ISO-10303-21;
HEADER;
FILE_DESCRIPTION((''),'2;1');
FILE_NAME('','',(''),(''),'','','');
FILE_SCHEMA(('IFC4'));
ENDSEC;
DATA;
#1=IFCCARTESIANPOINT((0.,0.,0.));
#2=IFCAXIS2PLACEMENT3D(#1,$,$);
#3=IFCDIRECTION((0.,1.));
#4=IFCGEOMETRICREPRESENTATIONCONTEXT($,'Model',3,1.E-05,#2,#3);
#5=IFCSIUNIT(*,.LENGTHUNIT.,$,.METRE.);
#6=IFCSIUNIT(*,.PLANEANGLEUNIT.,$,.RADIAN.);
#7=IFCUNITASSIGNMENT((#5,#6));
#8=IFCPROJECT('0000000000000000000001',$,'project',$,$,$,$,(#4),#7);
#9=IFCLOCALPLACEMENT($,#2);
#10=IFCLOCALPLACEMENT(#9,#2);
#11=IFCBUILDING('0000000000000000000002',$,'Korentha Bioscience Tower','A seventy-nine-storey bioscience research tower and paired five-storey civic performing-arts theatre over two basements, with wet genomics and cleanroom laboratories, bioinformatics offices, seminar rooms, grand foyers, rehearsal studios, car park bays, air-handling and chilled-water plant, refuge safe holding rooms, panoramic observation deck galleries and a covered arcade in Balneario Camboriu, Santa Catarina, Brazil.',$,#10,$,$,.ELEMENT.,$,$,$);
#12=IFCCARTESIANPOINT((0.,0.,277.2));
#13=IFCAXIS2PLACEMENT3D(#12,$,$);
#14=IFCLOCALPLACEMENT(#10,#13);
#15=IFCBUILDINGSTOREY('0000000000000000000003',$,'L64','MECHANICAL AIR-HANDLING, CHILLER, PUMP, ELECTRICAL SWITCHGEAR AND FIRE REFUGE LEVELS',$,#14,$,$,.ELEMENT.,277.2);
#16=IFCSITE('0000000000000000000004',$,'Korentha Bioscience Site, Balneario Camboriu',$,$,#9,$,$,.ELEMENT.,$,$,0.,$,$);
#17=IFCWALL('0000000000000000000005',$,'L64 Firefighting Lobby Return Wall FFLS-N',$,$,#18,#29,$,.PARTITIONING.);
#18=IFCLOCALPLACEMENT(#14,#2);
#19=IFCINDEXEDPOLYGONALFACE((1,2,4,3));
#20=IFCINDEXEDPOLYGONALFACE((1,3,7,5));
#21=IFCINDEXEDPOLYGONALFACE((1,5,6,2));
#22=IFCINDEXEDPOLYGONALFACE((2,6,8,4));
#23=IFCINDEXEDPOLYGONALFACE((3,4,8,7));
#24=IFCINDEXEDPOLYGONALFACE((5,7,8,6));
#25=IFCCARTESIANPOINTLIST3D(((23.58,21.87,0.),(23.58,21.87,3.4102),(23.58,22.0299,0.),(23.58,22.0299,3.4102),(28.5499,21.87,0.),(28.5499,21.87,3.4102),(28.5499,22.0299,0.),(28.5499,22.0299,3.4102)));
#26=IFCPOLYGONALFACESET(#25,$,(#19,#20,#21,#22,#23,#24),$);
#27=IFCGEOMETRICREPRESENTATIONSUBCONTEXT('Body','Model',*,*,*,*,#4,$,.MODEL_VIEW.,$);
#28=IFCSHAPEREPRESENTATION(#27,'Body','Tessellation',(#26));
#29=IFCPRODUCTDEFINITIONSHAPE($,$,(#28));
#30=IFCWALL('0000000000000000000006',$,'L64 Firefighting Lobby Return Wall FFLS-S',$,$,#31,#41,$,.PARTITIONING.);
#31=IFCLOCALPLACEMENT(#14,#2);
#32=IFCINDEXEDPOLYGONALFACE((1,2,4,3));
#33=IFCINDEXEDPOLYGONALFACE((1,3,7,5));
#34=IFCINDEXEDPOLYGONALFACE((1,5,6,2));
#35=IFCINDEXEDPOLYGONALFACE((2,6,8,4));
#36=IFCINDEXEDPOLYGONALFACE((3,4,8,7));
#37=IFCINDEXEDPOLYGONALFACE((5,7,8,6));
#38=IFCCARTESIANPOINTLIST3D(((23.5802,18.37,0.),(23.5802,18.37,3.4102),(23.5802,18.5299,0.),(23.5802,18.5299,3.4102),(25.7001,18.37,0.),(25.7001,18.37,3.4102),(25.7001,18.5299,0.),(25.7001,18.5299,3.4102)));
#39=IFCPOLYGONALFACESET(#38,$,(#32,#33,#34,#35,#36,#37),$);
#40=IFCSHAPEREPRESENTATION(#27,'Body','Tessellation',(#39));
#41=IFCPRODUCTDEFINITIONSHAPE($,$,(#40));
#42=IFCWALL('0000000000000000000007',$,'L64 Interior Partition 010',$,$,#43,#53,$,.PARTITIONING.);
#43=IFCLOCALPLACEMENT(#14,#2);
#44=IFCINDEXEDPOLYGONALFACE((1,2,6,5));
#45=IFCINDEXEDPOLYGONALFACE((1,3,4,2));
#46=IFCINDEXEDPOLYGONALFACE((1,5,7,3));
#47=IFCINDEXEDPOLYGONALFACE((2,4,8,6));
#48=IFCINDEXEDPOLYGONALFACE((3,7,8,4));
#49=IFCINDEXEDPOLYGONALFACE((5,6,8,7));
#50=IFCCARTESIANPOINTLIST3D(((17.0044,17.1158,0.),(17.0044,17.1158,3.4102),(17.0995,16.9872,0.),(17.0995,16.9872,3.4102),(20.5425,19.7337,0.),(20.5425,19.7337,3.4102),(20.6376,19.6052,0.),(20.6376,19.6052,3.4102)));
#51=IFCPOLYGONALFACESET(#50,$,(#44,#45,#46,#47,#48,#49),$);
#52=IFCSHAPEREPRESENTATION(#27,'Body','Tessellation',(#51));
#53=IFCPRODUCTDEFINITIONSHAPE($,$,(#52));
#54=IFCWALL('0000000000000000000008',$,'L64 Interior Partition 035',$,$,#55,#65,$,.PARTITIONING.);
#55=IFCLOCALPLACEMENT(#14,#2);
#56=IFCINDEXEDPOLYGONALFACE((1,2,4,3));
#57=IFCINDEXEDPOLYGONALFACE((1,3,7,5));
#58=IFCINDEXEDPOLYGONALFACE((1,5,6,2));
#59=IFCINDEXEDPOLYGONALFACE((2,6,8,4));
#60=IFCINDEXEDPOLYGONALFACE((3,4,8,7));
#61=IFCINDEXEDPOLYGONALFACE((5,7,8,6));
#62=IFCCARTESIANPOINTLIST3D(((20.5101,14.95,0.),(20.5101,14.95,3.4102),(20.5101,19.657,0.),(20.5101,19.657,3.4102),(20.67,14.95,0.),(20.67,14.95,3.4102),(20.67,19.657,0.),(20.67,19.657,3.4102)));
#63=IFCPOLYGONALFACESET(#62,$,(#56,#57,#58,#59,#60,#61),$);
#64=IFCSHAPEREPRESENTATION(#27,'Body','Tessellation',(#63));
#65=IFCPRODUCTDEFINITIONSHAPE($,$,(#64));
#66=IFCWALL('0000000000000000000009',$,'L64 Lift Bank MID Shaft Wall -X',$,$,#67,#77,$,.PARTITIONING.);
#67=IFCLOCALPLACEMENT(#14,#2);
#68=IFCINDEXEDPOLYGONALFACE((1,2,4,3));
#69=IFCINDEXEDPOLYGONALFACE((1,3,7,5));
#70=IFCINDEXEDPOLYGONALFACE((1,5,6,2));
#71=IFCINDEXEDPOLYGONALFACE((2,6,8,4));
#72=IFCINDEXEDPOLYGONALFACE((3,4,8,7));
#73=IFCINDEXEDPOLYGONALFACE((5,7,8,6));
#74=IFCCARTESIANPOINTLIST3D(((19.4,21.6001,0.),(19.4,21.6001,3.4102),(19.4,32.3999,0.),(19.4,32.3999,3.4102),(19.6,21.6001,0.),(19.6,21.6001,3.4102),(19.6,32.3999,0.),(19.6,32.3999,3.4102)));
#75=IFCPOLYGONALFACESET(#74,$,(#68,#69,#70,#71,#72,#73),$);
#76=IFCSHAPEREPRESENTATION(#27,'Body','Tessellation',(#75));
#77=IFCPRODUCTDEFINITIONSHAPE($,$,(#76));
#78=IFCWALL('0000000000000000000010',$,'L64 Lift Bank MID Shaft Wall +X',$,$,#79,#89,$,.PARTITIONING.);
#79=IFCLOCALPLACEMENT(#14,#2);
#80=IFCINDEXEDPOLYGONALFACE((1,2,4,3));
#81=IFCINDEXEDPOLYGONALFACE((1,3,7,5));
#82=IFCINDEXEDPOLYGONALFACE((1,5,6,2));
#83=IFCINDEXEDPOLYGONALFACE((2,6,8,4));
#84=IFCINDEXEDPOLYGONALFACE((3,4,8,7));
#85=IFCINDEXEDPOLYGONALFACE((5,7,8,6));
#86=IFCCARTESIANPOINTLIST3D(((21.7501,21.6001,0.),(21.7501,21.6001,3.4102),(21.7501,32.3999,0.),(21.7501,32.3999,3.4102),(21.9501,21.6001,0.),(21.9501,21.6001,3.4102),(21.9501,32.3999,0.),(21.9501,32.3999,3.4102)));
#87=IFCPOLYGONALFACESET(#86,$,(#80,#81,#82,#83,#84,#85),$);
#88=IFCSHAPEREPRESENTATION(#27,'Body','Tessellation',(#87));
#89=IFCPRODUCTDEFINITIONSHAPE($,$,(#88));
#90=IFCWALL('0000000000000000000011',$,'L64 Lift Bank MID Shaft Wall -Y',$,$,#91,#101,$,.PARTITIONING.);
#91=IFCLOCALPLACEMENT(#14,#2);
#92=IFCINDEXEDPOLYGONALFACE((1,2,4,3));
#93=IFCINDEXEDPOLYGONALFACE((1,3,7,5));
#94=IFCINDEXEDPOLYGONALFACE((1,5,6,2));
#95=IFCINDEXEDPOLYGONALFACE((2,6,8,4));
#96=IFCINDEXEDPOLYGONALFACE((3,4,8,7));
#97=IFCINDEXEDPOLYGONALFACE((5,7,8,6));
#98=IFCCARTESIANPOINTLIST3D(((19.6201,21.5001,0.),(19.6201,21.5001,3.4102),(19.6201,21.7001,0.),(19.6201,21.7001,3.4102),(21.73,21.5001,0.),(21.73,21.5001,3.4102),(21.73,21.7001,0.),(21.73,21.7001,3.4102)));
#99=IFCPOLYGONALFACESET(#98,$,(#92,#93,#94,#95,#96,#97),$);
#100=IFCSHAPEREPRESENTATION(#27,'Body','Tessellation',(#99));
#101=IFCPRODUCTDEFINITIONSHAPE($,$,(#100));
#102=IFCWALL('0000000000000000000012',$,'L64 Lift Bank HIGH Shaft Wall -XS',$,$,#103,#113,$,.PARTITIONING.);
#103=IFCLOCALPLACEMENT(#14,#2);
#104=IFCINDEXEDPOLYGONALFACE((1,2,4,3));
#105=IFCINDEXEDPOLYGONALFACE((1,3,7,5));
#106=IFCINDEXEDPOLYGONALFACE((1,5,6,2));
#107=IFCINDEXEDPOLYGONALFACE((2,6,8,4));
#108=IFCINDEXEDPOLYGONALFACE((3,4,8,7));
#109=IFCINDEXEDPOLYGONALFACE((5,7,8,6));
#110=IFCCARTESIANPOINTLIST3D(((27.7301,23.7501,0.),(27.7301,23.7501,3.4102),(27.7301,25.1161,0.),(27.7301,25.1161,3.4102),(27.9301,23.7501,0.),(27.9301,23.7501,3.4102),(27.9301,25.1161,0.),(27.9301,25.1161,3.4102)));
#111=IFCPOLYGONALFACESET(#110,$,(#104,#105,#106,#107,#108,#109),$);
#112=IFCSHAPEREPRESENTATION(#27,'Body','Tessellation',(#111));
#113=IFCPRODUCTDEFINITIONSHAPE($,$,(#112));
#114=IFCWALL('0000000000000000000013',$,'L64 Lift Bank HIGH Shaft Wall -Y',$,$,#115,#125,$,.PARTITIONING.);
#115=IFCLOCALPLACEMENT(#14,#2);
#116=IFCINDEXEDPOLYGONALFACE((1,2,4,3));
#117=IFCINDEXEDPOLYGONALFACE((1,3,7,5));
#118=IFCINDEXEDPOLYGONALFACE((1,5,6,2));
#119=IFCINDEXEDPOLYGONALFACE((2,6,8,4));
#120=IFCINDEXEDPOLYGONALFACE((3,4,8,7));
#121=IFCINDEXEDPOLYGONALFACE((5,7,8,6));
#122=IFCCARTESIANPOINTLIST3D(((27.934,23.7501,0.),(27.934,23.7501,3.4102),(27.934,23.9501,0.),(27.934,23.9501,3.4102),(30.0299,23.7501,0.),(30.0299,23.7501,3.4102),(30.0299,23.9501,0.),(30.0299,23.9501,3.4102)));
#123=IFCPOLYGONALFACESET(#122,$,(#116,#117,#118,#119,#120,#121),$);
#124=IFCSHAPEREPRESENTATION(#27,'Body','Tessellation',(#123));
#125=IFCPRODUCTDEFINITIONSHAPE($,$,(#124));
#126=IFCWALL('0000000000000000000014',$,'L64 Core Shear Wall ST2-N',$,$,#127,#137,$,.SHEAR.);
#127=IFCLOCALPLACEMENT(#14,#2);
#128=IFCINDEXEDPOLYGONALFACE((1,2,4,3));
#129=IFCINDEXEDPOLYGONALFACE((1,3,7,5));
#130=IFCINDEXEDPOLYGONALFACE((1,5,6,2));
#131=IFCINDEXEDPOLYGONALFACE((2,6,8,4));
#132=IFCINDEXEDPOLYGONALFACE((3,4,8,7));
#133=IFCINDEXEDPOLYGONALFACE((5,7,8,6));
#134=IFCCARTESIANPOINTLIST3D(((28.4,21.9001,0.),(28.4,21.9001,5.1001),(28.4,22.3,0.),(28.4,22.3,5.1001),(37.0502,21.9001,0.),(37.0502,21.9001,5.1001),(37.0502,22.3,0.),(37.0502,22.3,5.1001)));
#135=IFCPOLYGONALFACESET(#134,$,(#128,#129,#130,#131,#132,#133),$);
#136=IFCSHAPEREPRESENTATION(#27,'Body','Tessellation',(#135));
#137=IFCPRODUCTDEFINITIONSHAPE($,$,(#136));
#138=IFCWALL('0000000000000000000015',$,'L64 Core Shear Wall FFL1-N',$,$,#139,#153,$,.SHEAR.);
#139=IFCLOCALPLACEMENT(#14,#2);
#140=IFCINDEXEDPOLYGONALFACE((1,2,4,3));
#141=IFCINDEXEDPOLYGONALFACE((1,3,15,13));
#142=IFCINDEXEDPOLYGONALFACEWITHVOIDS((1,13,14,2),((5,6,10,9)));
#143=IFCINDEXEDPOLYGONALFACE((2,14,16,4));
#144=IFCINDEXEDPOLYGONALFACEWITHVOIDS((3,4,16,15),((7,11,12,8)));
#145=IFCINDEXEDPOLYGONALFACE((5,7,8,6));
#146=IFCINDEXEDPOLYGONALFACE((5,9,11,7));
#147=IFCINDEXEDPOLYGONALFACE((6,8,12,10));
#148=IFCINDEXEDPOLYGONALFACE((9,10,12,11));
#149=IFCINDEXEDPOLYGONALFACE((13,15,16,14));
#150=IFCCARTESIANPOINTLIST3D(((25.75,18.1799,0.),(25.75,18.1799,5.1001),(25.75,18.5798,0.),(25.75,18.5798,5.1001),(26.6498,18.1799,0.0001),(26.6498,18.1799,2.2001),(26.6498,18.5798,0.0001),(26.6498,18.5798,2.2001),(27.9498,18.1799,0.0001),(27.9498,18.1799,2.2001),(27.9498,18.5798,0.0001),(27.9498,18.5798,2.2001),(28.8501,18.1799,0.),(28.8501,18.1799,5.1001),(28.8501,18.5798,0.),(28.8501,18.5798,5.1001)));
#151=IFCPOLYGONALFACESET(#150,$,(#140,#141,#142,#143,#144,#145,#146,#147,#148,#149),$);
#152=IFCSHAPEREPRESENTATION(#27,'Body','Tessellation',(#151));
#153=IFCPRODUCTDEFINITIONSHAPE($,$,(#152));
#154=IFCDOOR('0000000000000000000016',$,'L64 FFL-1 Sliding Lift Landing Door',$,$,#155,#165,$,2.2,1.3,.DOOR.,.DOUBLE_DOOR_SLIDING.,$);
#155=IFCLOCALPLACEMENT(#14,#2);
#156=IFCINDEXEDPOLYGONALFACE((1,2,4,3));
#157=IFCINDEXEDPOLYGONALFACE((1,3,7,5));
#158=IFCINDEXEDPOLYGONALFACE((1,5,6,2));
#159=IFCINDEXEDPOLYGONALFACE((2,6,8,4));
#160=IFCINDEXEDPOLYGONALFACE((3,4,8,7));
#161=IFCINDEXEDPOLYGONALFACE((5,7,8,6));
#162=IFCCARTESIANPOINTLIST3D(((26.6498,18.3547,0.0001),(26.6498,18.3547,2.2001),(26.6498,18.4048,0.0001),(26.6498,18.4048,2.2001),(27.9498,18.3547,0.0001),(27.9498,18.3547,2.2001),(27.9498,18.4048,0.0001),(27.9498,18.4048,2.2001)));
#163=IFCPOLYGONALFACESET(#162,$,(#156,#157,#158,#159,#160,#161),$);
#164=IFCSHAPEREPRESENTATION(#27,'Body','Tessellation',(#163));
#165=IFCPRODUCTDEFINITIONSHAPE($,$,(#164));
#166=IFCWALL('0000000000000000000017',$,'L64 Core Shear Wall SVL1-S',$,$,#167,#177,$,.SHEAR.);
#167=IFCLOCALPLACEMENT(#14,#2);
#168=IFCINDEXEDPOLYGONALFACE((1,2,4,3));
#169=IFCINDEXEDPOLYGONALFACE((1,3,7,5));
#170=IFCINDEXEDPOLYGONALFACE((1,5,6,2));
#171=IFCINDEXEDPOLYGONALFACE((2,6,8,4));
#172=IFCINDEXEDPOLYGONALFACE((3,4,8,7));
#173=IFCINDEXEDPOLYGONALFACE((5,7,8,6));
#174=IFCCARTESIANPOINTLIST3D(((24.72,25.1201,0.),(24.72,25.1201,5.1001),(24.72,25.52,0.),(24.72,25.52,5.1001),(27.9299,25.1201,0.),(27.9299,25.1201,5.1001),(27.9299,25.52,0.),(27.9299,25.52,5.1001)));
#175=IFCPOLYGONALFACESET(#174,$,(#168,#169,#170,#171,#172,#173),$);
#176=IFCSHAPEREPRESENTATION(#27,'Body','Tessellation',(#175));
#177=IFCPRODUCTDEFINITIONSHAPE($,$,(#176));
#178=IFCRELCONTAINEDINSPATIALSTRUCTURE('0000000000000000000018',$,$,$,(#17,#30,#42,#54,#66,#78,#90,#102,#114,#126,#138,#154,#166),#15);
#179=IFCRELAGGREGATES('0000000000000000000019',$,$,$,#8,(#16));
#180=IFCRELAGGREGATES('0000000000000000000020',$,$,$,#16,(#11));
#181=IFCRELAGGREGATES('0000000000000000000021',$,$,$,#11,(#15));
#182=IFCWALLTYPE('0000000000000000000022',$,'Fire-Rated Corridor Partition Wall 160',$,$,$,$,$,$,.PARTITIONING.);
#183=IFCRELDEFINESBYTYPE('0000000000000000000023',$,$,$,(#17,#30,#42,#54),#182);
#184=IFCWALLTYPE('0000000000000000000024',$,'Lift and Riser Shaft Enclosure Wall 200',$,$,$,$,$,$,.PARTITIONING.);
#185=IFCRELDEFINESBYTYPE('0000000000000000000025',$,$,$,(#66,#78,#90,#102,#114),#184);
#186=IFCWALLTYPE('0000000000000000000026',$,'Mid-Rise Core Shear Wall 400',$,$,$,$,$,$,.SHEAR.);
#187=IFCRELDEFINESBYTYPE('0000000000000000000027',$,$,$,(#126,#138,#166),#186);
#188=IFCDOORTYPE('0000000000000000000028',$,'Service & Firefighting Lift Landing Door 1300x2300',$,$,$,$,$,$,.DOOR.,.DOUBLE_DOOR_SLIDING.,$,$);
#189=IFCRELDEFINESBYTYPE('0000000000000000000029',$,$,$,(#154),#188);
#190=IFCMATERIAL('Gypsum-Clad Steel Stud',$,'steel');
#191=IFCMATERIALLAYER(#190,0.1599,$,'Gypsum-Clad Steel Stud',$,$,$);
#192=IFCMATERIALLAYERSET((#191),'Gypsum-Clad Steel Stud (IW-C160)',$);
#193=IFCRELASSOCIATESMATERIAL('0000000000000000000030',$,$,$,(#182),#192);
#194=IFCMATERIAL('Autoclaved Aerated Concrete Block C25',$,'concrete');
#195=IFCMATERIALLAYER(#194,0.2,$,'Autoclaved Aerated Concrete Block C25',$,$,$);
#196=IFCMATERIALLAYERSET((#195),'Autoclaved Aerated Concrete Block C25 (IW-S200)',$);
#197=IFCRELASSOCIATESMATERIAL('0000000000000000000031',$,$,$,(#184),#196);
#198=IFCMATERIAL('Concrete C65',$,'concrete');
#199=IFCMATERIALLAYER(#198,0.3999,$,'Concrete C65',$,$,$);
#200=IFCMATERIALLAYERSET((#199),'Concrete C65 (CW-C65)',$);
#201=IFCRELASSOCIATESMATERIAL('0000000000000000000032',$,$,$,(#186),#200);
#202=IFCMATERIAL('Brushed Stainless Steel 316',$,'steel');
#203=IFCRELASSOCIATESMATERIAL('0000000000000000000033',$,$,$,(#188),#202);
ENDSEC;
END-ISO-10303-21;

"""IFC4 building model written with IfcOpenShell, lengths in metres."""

from ifc_helpers import new_model, si_unit, direction, frame, frame_2d, origin, place, context, subcontext, project, spatial, rectangle, extrude, material, layer, layer_set, type_object, element, fill, save


model = new_model("IFC4")

# Units and contexts
model_context = context("Model", 3, precision=1e-05, world=origin(), true_north=direction((0.0, 1.0)))
body_context = subcontext(model_context, "Body", "Model", "MODEL_VIEW")
ifc_project = project(units=[si_unit("LENGTHUNIT", "METRE"), si_unit("PLANEANGLEUNIT", "RADIAN")], contexts=[model_context])

# Site, building, storey
site_placement = place(None, origin())
site = spatial("IfcSite", under=ifc_project, at=site_placement, Name="Korentha Bioscience Site, Balneario Camboriu", CompositionType="ELEMENT", RefElevation=0.0)
building_placement = place(site_placement, origin())
building = spatial("IfcBuilding", under=site, at=building_placement, Name="Korentha Bioscience Tower", Description="A seventy-nine-storey bioscience research tower and paired five-storey civic performing-arts theatre over two basements, with wet genomics and cleanroom laboratories, bioinformatics offices, seminar rooms, grand foyers, rehearsal studios, car park bays, air-handling and chilled-water plant, refuge safe holding rooms, panoramic observation deck galleries and a covered arcade in Balneario Camboriu, Santa Catarina, Brazil.", CompositionType="ELEMENT")
storey_placement = place(building_placement, frame((0.0, 0.0, 277.2)))
storey = spatial("IfcBuildingStorey", under=building, at=storey_placement, Name="L64", Description="MECHANICAL AIR-HANDLING, CHILLER, PUMP, ELECTRICAL SWITCHGEAR AND FIRE REFUGE LEVELS", CompositionType="ELEMENT", Elevation=277.2)

# Shared definitions
ifc_material_1 = material(Name="Concrete C65", Category="concrete")

# Shared definitions
ifc_material_2 = material(Name="Gypsum-Clad Steel Stud", Category="steel")
ifc_layer_1 = layer(ifc_material_2, 0.1599, Name="Gypsum-Clad Steel Stud")
ifc_layer_set_1 = layer_set([ifc_layer_1], Name="Gypsum-Clad Steel Stud (IW-C160)")
wall_type_1 = type_object("IfcWallType", Name="Fire-Rated Corridor Partition Wall 160", PredefinedType="PARTITIONING", material=ifc_layer_set_1)

# Walls
wall_1_placement = place(storey_placement, frame((23.5801, 21.95, 0.0), z_axis=(0.0, 0.0, 1.0), x_axis=(1.0, 0.0, 0.0)))
element("IfcWall", 1, at=wall_1_placement, inside=storey, type_object=wall_type_1, Name="L64 Firefighting Lobby Return Wall FFLS-N", PredefinedType="PARTITIONING", context=body_context, shape_type="SweptSolid", body=[
    extrude(rectangle(XDim=4.97, YDim=0.1599, at=frame_2d((2.4849, 0.0))), origin(), (0.0, 0.0, 1.0), 3.4102),
])
wall_2_placement = place(storey_placement, frame((23.5801, 18.45, 0.0), z_axis=(0.0, 0.0, 1.0), x_axis=(1.0, 0.0, 0.0)))
element("IfcWall", 2, at=wall_2_placement, inside=storey, type_object=wall_type_1, Name="L64 Firefighting Lobby Return Wall FFLS-S", PredefinedType="PARTITIONING", context=body_context, shape_type="SweptSolid", body=[
    extrude(rectangle(XDim=2.1199, YDim=0.1599, at=frame_2d((1.0601, 0.0))), origin(), (0.0, 0.0, 1.0), 3.4102),
])

# Walls
wall_3_placement = place(storey_placement, frame((20.5901, 19.6694, 0.0), z_axis=(0.0, 0.0, 1.0), x_axis=(-0.803871, -0.594804, 0.0)))
element("IfcWall", 3, at=wall_3_placement, inside=storey, type_object=wall_type_1, Name="L64 Interior Partition 010", PredefinedType="PARTITIONING", context=body_context, shape_type="SweptSolid", body=[
    extrude(rectangle(XDim=4.4014, YDim=0.1599, at=frame_2d((2.2007, 0.0))), origin(), (0.0, 0.0, 1.0), 3.4102),
])
wall_4_placement = place(storey_placement, frame((20.5901, 19.657, 0.0), z_axis=(0.0, 0.0, 1.0), x_axis=(0.0, -1.0, 0.0)))
element("IfcWall", 4, at=wall_4_placement, inside=storey, type_object=wall_type_1, Name="L64 Interior Partition 035", PredefinedType="PARTITIONING", context=body_context, shape_type="SweptSolid", body=[
    extrude(rectangle(XDim=4.707, YDim=0.1599, at=frame_2d((2.3535, 0.0))), origin(), (0.0, 0.0, 1.0), 3.4102),
])
ifc_material_3 = material(Name="Autoclaved Aerated Concrete Block C25", Category="concrete")
ifc_layer_2 = layer(ifc_material_3, 0.2, Name="Autoclaved Aerated Concrete Block C25")
ifc_layer_set_2 = layer_set([ifc_layer_2], Name="Autoclaved Aerated Concrete Block C25 (IW-S200)")
wall_type_2 = type_object("IfcWallType", Name="Lift and Riser Shaft Enclosure Wall 200", PredefinedType="PARTITIONING", material=ifc_layer_set_2)
for number, where, z_axis, x_axis, name in (
    (5, (19.5, 21.6001, 0.0), (0.0, 0.0, 1.0), (0.0, 1.0, 0.0), "L64 Lift Bank MID Shaft Wall -X"),
    (6, (21.8501, 21.6001, 0.0), (0.0, 0.0, 1.0), (0.0, 1.0, 0.0), "L64 Lift Bank MID Shaft Wall +X"),
):
    element("IfcWall", number, at=place(storey_placement, frame(where, z_axis=z_axis, x_axis=x_axis)), inside=storey, type_object=wall_type_2, Name=name, PredefinedType="PARTITIONING", context=body_context, shape_type="SweptSolid", body=[
        extrude(rectangle(XDim=10.7998, YDim=0.2, at=frame_2d((5.3999, 0.0))), origin(), (0.0, 0.0, 1.0), 3.4102),
    ])
wall_5_placement = place(storey_placement, frame((19.6201, 21.6001, 0.0), z_axis=(0.0, 0.0, 1.0), x_axis=(1.0, 0.0, 0.0)))
element("IfcWall", 7, at=wall_5_placement, inside=storey, type_object=wall_type_2, Name="L64 Lift Bank MID Shaft Wall -Y", PredefinedType="PARTITIONING", context=body_context, shape_type="SweptSolid", body=[
    extrude(rectangle(XDim=2.1099, YDim=0.2, at=frame_2d((1.0549, 0.0))), origin(), (0.0, 0.0, 1.0), 3.4102),
])
wall_6_placement = place(storey_placement, frame((27.8301, 23.75, 0.0), z_axis=(0.0, 0.0, 1.0), x_axis=(0.0, 1.0, 0.0)))
element("IfcWall", 8, at=wall_6_placement, inside=storey, type_object=wall_type_2, Name="L64 Lift Bank HIGH Shaft Wall -XS", PredefinedType="PARTITIONING", context=body_context, shape_type="SweptSolid", body=[
    extrude(rectangle(XDim=1.366, YDim=0.2, at=frame_2d((0.6831, 0.0))), origin(), (0.0, 0.0, 1.0), 3.4102),
])
wall_7_placement = place(storey_placement, frame((27.9341, 23.8501, 0.0), z_axis=(0.0, 0.0, 1.0), x_axis=(1.0, 0.0, 0.0)))
element("IfcWall", 9, at=wall_7_placement, inside=storey, type_object=wall_type_2, Name="L64 Lift Bank HIGH Shaft Wall -Y", PredefinedType="PARTITIONING", context=body_context, shape_type="SweptSolid", body=[
    extrude(rectangle(XDim=2.0959, YDim=0.2, at=frame_2d((1.0479, 0.0))), origin(), (0.0, 0.0, 1.0), 3.4102),
])
ifc_layer_3 = layer(ifc_material_1, 0.3999, Name="Concrete C65")
ifc_layer_set_3 = layer_set([ifc_layer_3], Name="Concrete C65 (CW-C65)")
wall_type_3 = type_object("IfcWallType", Name="Mid-Rise Core Shear Wall 400", PredefinedType="SHEAR", material=ifc_layer_set_3)
wall_8_placement = place(storey_placement, frame((28.3999, 22.1001, 0.0), z_axis=(0.0, 0.0, 1.0), x_axis=(1.0, 0.0, 0.0)))
element("IfcWall", 10, at=wall_8_placement, inside=storey, type_object=wall_type_3, Name="L64 Core Shear Wall ST2-N", PredefinedType="SHEAR", context=body_context, shape_type="SweptSolid", body=[
    extrude(rectangle(XDim=8.6501, YDim=0.3999, at=frame_2d((4.3252, 0.0))), origin(), (0.0, 0.0, 1.0), 5.1001),
])

# Wall, opening, door
wall_9_placement = place(storey_placement, frame((25.75, 18.3799, 0.0), z_axis=(0.0, 0.0, 1.0), x_axis=(1.0, 0.0, 0.0)))
wall_9 = element("IfcWall", 11, at=wall_9_placement, inside=storey, type_object=wall_type_3, Name="L64 Core Shear Wall FFL1-N", PredefinedType="SHEAR", context=body_context, shape_type="SweptSolid", body=[
    extrude(rectangle(XDim=3.1001, YDim=0.3999, at=frame_2d((1.55, 0.0))), origin(), (0.0, 0.0, 1.0), 5.1001),
])
opening_1_placement = place(wall_9_placement, frame((0.8999, 0.0, 0.0)))
opening_1 = element("IfcOpeningElement", 12, at=opening_1_placement, cuts=wall_9, PredefinedType="OPENING", context=body_context, shape_type="SweptSolid", body=[
    extrude(rectangle(XDim=1.3, YDim=2.2, at=frame_2d((0.6499, 1.1001))), frame((0.0, 0.2148, 0.0), z_axis=(0.0, -1.0, 0.0), x_axis=(1.0, 0.0, 0.0)), (0.0, 0.0, 1.0), 0.4297),
])
ifc_material_4 = material(Name="Brushed Stainless Steel 316", Category="steel")
door_type_1 = type_object("IfcDoorType", Name="Service & Firefighting Lift Landing Door 1300x2300", OperationType="DOUBLE_DOOR_SLIDING", PredefinedType="DOOR", material=ifc_material_4)
door_1_placement = place(opening_1_placement, origin())
door_1 = element("IfcDoor", 13, at=door_1_placement, inside=storey, type_object=door_type_1, Name="L64 FFL-1 Sliding Lift Landing Door", OperationType="DOUBLE_DOOR_SLIDING", OverallHeight=2.2, OverallWidth=1.3, PredefinedType="DOOR", context=body_context, shape_type="SweptSolid", body=[
    extrude(rectangle(XDim=1.3, YDim=2.2, at=frame_2d((0.6499, 1.1001))), frame((0.0, 0.0249, 0.0), z_axis=(0.0, -1.0, 0.0), x_axis=(1.0, 0.0, 0.0)), (0.0, 0.0, 1.0), 0.05),
])
fill(opening_1, door_1)

# Wall
wall_10_placement = place(storey_placement, frame((24.72, 25.3201, 0.0), z_axis=(0.0, 0.0, 1.0), x_axis=(1.0, 0.0, 0.0)))
element("IfcWall", 14, at=wall_10_placement, inside=storey, type_object=wall_type_3, Name="L64 Core Shear Wall SVL1-S", PredefinedType="SHEAR", context=body_context, shape_type="SweptSolid", body=[
    extrude(rectangle(XDim=3.21, YDim=0.3999, at=frame_2d((1.605, 0.0))), origin(), (0.0, 0.0, 1.0), 5.1001),
])

save(model, "model.ifc")
